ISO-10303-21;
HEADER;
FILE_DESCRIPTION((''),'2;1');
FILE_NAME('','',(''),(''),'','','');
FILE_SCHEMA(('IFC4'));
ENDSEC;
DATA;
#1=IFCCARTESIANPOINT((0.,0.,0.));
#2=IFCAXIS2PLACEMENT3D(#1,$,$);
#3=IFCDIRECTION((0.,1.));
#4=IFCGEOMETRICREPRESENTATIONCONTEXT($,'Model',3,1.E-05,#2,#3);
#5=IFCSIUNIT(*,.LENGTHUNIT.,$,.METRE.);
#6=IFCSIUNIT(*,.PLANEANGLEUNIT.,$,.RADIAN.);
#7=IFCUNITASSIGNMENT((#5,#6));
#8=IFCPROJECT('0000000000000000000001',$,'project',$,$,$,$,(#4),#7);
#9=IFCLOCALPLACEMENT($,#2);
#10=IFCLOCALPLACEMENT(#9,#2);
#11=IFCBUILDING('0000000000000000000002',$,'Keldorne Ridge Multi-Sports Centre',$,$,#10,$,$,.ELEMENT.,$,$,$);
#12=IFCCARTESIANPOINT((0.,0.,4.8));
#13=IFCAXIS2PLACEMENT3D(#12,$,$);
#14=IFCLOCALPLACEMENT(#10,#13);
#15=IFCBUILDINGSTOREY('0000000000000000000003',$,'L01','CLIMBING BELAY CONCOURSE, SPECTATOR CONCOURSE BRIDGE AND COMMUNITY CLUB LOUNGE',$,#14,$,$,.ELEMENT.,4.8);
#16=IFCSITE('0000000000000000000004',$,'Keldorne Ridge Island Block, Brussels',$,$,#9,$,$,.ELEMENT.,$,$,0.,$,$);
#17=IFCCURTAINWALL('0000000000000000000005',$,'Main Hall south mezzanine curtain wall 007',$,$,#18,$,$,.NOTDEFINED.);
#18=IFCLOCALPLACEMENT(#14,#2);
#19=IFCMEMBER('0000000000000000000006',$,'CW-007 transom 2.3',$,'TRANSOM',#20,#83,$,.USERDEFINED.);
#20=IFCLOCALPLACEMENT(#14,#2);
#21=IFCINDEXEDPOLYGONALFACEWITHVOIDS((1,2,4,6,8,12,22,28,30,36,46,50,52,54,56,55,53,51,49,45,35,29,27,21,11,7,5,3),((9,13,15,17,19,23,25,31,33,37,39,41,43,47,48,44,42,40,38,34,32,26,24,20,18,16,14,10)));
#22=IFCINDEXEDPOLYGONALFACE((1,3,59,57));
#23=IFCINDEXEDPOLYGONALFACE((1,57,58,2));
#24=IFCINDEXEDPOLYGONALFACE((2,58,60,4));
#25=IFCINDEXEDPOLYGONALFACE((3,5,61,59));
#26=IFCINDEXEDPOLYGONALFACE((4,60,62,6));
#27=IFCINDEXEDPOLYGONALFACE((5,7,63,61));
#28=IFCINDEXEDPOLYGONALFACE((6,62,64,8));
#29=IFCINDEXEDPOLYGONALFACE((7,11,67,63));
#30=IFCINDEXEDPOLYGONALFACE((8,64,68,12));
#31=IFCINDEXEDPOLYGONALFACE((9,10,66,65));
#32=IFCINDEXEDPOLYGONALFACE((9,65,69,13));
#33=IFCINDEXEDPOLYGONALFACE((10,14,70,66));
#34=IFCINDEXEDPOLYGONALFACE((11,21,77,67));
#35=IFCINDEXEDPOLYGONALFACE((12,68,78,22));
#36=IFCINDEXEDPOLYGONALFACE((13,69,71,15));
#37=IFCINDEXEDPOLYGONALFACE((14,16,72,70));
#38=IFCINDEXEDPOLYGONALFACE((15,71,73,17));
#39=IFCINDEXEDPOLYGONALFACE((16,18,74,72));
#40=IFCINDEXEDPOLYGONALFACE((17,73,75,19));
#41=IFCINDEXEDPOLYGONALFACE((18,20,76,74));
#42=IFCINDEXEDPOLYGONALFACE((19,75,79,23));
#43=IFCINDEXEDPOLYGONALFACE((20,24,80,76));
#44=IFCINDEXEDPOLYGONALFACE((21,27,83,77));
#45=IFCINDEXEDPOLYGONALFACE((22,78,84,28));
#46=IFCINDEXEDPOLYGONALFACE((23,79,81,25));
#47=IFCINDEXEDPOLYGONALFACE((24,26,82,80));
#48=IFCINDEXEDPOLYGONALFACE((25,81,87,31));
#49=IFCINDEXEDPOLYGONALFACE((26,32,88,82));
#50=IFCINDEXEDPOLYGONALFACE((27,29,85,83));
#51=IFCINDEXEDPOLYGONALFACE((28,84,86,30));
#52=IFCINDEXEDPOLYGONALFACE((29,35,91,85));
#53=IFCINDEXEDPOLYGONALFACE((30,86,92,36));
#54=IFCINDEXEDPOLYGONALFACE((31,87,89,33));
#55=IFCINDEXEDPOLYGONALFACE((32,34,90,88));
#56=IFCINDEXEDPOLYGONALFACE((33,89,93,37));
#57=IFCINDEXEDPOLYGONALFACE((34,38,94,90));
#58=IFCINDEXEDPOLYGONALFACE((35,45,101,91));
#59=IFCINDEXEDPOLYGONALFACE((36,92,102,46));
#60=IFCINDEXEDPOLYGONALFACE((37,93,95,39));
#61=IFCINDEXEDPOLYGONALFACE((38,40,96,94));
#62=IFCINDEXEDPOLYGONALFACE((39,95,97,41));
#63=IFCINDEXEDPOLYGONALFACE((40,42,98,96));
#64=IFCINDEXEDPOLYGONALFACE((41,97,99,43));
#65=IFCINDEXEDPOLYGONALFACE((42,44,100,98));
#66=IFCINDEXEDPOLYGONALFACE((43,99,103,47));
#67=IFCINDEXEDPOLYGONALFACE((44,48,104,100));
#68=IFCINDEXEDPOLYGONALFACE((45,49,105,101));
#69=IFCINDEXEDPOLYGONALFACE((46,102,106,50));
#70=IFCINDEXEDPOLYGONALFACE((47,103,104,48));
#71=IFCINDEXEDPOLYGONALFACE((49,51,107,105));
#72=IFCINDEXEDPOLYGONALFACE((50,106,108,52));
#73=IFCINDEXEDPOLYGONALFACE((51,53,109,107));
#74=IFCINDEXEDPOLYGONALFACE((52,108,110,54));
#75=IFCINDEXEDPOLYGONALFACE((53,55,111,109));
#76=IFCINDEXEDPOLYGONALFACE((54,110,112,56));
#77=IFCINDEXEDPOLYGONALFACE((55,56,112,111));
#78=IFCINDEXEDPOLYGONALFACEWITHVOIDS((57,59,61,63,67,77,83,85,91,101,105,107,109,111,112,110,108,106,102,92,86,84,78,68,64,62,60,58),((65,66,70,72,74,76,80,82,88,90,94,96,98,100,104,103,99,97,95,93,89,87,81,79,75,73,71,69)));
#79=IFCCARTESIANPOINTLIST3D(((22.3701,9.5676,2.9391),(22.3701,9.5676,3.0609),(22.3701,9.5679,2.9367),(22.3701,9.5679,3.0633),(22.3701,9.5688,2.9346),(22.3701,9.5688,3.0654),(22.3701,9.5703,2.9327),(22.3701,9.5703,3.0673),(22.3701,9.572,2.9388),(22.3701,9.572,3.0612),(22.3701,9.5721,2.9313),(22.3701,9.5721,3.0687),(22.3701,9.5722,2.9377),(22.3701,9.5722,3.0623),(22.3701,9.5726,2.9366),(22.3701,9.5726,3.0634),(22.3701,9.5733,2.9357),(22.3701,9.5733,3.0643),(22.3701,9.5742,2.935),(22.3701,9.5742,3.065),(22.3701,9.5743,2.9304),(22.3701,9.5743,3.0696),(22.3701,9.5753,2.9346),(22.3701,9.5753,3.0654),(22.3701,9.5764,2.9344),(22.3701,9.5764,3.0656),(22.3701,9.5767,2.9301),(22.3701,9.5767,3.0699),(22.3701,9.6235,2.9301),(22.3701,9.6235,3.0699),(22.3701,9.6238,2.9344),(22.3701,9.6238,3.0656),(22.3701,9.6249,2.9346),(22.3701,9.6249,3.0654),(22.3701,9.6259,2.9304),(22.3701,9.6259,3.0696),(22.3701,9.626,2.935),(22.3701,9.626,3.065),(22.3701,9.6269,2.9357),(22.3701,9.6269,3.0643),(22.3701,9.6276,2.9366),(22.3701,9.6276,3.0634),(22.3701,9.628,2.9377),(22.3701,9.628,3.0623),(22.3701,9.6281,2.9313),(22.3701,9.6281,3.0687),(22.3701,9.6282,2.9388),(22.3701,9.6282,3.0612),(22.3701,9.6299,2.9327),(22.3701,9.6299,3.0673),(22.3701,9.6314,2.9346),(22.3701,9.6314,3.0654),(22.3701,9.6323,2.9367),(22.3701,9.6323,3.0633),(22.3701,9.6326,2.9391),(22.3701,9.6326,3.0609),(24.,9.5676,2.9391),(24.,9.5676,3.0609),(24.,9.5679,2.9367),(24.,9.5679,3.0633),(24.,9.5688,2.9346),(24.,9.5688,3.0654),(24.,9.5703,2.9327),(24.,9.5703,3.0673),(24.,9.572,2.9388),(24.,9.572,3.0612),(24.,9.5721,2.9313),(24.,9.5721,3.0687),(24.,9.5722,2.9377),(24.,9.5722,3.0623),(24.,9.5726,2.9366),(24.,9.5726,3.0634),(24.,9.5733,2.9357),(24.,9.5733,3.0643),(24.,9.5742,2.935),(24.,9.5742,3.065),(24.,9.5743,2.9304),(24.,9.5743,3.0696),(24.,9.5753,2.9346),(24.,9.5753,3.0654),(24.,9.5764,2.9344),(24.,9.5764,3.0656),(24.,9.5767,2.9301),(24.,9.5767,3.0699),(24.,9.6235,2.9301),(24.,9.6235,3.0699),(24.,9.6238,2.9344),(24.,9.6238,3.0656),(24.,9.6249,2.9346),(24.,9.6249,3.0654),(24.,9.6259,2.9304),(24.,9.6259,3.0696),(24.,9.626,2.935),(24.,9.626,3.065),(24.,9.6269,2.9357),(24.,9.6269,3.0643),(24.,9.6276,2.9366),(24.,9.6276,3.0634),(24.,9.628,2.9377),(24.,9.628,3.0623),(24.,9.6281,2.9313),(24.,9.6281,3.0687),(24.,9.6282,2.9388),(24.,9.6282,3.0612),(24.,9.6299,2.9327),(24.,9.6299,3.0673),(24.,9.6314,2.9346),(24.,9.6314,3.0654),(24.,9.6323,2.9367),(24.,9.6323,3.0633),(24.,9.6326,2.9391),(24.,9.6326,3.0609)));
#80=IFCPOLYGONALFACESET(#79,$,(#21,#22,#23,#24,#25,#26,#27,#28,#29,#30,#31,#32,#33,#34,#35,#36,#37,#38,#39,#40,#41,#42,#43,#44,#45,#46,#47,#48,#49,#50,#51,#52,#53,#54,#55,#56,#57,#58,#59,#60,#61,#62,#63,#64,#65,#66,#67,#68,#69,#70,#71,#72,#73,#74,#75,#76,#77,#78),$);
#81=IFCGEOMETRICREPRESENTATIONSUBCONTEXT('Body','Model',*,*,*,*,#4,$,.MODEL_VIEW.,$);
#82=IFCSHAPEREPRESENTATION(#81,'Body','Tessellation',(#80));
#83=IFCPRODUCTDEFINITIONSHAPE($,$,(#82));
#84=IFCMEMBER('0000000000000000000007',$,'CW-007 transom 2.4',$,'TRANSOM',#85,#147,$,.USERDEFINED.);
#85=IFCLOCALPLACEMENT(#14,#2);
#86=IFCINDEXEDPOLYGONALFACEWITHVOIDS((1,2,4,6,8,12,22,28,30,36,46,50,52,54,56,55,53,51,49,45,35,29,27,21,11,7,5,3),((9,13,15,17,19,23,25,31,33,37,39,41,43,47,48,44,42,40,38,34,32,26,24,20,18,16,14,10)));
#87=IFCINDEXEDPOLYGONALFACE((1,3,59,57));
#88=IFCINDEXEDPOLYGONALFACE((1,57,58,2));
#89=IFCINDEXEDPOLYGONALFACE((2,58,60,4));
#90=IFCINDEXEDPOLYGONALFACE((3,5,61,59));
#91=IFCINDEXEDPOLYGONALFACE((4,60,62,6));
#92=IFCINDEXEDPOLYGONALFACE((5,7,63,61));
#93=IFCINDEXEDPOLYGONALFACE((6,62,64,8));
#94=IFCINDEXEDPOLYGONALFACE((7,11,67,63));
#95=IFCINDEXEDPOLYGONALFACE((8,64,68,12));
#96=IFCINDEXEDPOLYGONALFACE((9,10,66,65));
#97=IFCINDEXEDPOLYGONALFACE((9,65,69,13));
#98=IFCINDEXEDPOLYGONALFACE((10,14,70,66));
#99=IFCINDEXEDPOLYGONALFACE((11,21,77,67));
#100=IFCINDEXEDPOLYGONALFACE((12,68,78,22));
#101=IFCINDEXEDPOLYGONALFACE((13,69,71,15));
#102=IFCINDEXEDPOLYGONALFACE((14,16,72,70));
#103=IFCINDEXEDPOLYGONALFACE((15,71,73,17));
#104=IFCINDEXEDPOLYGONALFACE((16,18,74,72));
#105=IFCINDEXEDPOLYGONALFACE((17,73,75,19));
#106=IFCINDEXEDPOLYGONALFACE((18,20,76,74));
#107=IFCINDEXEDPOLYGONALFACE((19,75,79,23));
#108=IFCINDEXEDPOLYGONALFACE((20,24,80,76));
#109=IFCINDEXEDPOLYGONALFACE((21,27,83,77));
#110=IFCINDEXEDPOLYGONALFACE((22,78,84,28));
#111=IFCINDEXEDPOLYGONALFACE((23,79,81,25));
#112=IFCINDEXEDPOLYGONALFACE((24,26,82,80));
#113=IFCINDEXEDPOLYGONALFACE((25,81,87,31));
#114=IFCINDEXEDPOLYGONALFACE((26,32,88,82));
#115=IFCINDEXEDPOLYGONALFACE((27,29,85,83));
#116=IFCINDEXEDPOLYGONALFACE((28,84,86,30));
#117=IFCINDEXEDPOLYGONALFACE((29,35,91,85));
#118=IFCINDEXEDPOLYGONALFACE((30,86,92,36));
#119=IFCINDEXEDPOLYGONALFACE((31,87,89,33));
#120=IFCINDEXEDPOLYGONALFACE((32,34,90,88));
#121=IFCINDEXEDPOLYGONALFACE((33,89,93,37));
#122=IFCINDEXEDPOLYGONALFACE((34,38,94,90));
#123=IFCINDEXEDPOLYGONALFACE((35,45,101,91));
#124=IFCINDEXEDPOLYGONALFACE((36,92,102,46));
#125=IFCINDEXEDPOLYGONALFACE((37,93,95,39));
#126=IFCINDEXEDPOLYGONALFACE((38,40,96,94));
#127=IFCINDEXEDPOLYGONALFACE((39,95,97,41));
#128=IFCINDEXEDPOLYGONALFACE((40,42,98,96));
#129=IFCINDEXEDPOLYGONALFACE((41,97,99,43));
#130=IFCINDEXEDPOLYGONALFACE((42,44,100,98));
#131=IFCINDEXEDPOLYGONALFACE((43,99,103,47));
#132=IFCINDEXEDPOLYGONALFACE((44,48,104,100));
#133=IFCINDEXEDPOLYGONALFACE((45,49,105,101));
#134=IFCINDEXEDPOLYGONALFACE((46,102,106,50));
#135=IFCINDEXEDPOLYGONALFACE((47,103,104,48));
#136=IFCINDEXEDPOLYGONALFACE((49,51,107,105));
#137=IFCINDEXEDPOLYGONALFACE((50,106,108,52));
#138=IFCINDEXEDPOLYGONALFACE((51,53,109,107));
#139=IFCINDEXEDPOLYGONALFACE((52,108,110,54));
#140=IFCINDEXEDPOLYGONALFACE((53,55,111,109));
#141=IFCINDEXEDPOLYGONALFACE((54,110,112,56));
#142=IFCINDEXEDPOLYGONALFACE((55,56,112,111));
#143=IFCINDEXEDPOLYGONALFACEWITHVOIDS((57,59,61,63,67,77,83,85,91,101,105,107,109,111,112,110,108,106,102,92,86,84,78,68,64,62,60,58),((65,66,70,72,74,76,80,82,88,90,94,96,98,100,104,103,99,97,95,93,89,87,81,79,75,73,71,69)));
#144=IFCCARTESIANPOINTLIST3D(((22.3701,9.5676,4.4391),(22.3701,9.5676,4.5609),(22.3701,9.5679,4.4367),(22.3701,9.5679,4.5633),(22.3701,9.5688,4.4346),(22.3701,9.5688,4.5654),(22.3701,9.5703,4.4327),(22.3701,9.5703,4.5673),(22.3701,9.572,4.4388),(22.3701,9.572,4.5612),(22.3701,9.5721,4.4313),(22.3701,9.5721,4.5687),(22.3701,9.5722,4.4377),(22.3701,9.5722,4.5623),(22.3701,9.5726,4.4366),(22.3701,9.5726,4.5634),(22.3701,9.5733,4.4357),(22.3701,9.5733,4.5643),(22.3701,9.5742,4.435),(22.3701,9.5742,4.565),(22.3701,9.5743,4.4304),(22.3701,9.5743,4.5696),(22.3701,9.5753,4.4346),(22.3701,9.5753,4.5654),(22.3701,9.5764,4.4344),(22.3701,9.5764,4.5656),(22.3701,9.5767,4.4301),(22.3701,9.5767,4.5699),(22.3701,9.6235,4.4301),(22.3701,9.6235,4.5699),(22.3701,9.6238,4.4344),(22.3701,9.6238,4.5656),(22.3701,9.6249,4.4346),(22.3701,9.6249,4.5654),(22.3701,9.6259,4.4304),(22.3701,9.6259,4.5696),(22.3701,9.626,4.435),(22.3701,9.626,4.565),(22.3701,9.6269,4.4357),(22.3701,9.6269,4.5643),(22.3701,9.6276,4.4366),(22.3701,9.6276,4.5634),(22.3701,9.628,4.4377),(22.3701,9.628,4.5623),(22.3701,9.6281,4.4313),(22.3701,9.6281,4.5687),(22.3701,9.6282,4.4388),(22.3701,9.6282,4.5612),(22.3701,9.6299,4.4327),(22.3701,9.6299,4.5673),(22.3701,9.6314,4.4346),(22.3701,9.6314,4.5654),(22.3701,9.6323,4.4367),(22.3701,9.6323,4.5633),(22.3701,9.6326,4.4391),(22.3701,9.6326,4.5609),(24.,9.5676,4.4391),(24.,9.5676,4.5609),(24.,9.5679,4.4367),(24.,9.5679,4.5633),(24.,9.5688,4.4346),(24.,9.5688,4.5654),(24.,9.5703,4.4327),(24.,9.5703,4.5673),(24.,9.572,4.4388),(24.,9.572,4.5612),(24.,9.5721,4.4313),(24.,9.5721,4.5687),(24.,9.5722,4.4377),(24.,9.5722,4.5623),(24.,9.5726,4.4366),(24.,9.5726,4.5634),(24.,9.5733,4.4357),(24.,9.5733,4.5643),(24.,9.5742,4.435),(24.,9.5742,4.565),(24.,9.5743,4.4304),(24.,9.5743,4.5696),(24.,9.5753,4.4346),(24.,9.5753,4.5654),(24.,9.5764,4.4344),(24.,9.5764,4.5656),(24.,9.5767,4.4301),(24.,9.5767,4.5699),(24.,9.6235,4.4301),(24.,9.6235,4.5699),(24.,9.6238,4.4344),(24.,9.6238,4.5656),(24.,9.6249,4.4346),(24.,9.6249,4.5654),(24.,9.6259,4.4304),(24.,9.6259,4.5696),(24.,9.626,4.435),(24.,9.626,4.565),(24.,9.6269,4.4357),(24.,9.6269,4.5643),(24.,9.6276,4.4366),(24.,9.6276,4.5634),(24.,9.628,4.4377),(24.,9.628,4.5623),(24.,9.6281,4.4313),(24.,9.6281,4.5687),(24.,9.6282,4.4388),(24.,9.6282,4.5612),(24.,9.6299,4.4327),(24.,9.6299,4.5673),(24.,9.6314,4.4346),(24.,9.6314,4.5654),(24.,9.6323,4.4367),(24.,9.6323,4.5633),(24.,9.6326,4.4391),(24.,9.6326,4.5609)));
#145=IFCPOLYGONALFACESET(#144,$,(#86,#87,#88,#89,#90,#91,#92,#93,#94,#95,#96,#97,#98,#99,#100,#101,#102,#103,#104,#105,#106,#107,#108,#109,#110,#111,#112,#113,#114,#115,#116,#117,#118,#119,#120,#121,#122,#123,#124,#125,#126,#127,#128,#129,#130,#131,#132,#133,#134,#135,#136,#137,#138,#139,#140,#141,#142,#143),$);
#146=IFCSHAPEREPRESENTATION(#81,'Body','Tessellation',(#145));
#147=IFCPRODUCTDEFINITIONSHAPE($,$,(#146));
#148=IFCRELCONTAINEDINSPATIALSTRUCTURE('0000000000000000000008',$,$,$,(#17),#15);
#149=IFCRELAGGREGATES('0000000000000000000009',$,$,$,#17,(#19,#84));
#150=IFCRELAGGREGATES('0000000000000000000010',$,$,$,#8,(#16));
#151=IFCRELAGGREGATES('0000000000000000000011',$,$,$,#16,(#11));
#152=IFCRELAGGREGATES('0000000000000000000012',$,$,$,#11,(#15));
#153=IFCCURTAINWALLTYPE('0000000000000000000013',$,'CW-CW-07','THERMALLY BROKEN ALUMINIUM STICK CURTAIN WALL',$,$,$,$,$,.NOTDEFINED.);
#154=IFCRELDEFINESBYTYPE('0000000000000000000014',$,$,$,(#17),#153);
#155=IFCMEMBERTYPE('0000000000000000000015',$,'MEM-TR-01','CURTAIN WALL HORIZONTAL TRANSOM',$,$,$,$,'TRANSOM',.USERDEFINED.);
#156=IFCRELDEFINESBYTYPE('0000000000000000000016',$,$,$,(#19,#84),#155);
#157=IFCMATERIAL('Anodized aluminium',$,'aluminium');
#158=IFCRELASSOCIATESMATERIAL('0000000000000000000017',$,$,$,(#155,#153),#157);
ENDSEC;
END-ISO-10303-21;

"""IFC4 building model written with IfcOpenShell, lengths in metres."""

from ifc_helpers import new_model, si_unit, direction, frame, origin, origin_2d, place, context, subcontext, project, spatial, hollow_rectangle, extrude, material, material_profile, profile_set, type_object, element, aggregate, save


model = new_model("IFC4")

# Units and contexts
model_context = context("Model", 3, precision=1e-05, world=origin(), true_north=direction((0.0, 1.0)))
body_context = subcontext(model_context, "Body", "Model", "MODEL_VIEW")
ifc_project = project(units=[si_unit("LENGTHUNIT", "METRE"), si_unit("PLANEANGLEUNIT", "RADIAN")], contexts=[model_context])

# Site, building, storey
site_placement = place(None, origin())
site = spatial("IfcSite", under=ifc_project, at=site_placement, Name="Keldorne Ridge Island Block, Brussels", CompositionType="ELEMENT", RefElevation=0.0)
building_placement = place(site_placement, origin())
building = spatial("IfcBuilding", under=site, at=building_placement, Name="Keldorne Ridge Multi-Sports Centre", CompositionType="ELEMENT")
storey_placement = place(building_placement, frame((0.0, 0.0, 4.8)))
storey = spatial("IfcBuildingStorey", under=building, at=storey_placement, Name="L01", Description="CLIMBING BELAY CONCOURSE, SPECTATOR CONCOURSE BRIDGE AND COMMUNITY CLUB LOUNGE", CompositionType="ELEMENT", Elevation=4.8)

# Curtain wall, members
ifc_material_1 = material(Name="Anodized aluminium", Category="aluminium")
ifc_material_profile_1 = material_profile(ifc_material_1, hollow_rectangle(XDim=0.0649, YDim=0.1399, WallThickness=0.0044, InnerFilletRadius=0.0044, OuterFilletRadius=0.009, at=origin_2d()), Name="ALU TRANSOM 140x65x4.5")
ifc_profile_set_1 = profile_set([ifc_material_profile_1], Name="Anodized aluminium")
member_type = type_object("IfcMemberType", Name="MEM-TR-01", Description="CURTAIN WALL HORIZONTAL TRANSOM", ElementType="TRANSOM", PredefinedType="USERDEFINED", material=ifc_profile_set_1)
curtain_wall_type_1 = type_object("IfcCurtainWallType", Name="CW-CW-07", Description="THERMALLY BROKEN ALUMINIUM STICK CURTAIN WALL", PredefinedType="NOTDEFINED", material=ifc_material_1)
curtain_wall_1_placement = place(storey_placement, origin())
curtain_wall_1 = element("IfcCurtainWall", 1, at=curtain_wall_1_placement, inside=storey, type_object=curtain_wall_type_1, Name="Main Hall south mezzanine curtain wall 007", PredefinedType="NOTDEFINED")
member_1_placement = place(storey_placement, frame((22.3701, 9.6001, 3.0), z_axis=(1.0, 0.0, 0.0), x_axis=(0.0, 1.0, 0.0)))
member_1 = element("IfcMember", 2, at=member_1_placement, type_object=member_type, Name="CW-007 transom 2.3", ObjectType="TRANSOM", PredefinedType="USERDEFINED", context=body_context, shape_type="SweptSolid", body=[
    extrude(hollow_rectangle(XDim=0.0649, YDim=0.1399, WallThickness=0.0044, InnerFilletRadius=0.0044, OuterFilletRadius=0.009, at=origin_2d()), origin(), (0.0, 0.0, 1.0), 1.6299),
])
member_2_placement = place(storey_placement, frame((22.3701, 9.6001, 4.5), z_axis=(1.0, 0.0, 0.0), x_axis=(0.0, 1.0, 0.0)))
member_2 = element("IfcMember", 3, at=member_2_placement, type_object=member_type, Name="CW-007 transom 2.4", ObjectType="TRANSOM", PredefinedType="USERDEFINED", context=body_context, shape_type="SweptSolid", body=[
    extrude(hollow_rectangle(XDim=0.0649, YDim=0.1399, WallThickness=0.0044, InnerFilletRadius=0.0044, OuterFilletRadius=0.009, at=origin_2d()), origin(), (0.0, 0.0, 1.0), 1.6299),
])

aggregate(curtain_wall_1, [member_1, member_2])

save(model, "model.ifc")
